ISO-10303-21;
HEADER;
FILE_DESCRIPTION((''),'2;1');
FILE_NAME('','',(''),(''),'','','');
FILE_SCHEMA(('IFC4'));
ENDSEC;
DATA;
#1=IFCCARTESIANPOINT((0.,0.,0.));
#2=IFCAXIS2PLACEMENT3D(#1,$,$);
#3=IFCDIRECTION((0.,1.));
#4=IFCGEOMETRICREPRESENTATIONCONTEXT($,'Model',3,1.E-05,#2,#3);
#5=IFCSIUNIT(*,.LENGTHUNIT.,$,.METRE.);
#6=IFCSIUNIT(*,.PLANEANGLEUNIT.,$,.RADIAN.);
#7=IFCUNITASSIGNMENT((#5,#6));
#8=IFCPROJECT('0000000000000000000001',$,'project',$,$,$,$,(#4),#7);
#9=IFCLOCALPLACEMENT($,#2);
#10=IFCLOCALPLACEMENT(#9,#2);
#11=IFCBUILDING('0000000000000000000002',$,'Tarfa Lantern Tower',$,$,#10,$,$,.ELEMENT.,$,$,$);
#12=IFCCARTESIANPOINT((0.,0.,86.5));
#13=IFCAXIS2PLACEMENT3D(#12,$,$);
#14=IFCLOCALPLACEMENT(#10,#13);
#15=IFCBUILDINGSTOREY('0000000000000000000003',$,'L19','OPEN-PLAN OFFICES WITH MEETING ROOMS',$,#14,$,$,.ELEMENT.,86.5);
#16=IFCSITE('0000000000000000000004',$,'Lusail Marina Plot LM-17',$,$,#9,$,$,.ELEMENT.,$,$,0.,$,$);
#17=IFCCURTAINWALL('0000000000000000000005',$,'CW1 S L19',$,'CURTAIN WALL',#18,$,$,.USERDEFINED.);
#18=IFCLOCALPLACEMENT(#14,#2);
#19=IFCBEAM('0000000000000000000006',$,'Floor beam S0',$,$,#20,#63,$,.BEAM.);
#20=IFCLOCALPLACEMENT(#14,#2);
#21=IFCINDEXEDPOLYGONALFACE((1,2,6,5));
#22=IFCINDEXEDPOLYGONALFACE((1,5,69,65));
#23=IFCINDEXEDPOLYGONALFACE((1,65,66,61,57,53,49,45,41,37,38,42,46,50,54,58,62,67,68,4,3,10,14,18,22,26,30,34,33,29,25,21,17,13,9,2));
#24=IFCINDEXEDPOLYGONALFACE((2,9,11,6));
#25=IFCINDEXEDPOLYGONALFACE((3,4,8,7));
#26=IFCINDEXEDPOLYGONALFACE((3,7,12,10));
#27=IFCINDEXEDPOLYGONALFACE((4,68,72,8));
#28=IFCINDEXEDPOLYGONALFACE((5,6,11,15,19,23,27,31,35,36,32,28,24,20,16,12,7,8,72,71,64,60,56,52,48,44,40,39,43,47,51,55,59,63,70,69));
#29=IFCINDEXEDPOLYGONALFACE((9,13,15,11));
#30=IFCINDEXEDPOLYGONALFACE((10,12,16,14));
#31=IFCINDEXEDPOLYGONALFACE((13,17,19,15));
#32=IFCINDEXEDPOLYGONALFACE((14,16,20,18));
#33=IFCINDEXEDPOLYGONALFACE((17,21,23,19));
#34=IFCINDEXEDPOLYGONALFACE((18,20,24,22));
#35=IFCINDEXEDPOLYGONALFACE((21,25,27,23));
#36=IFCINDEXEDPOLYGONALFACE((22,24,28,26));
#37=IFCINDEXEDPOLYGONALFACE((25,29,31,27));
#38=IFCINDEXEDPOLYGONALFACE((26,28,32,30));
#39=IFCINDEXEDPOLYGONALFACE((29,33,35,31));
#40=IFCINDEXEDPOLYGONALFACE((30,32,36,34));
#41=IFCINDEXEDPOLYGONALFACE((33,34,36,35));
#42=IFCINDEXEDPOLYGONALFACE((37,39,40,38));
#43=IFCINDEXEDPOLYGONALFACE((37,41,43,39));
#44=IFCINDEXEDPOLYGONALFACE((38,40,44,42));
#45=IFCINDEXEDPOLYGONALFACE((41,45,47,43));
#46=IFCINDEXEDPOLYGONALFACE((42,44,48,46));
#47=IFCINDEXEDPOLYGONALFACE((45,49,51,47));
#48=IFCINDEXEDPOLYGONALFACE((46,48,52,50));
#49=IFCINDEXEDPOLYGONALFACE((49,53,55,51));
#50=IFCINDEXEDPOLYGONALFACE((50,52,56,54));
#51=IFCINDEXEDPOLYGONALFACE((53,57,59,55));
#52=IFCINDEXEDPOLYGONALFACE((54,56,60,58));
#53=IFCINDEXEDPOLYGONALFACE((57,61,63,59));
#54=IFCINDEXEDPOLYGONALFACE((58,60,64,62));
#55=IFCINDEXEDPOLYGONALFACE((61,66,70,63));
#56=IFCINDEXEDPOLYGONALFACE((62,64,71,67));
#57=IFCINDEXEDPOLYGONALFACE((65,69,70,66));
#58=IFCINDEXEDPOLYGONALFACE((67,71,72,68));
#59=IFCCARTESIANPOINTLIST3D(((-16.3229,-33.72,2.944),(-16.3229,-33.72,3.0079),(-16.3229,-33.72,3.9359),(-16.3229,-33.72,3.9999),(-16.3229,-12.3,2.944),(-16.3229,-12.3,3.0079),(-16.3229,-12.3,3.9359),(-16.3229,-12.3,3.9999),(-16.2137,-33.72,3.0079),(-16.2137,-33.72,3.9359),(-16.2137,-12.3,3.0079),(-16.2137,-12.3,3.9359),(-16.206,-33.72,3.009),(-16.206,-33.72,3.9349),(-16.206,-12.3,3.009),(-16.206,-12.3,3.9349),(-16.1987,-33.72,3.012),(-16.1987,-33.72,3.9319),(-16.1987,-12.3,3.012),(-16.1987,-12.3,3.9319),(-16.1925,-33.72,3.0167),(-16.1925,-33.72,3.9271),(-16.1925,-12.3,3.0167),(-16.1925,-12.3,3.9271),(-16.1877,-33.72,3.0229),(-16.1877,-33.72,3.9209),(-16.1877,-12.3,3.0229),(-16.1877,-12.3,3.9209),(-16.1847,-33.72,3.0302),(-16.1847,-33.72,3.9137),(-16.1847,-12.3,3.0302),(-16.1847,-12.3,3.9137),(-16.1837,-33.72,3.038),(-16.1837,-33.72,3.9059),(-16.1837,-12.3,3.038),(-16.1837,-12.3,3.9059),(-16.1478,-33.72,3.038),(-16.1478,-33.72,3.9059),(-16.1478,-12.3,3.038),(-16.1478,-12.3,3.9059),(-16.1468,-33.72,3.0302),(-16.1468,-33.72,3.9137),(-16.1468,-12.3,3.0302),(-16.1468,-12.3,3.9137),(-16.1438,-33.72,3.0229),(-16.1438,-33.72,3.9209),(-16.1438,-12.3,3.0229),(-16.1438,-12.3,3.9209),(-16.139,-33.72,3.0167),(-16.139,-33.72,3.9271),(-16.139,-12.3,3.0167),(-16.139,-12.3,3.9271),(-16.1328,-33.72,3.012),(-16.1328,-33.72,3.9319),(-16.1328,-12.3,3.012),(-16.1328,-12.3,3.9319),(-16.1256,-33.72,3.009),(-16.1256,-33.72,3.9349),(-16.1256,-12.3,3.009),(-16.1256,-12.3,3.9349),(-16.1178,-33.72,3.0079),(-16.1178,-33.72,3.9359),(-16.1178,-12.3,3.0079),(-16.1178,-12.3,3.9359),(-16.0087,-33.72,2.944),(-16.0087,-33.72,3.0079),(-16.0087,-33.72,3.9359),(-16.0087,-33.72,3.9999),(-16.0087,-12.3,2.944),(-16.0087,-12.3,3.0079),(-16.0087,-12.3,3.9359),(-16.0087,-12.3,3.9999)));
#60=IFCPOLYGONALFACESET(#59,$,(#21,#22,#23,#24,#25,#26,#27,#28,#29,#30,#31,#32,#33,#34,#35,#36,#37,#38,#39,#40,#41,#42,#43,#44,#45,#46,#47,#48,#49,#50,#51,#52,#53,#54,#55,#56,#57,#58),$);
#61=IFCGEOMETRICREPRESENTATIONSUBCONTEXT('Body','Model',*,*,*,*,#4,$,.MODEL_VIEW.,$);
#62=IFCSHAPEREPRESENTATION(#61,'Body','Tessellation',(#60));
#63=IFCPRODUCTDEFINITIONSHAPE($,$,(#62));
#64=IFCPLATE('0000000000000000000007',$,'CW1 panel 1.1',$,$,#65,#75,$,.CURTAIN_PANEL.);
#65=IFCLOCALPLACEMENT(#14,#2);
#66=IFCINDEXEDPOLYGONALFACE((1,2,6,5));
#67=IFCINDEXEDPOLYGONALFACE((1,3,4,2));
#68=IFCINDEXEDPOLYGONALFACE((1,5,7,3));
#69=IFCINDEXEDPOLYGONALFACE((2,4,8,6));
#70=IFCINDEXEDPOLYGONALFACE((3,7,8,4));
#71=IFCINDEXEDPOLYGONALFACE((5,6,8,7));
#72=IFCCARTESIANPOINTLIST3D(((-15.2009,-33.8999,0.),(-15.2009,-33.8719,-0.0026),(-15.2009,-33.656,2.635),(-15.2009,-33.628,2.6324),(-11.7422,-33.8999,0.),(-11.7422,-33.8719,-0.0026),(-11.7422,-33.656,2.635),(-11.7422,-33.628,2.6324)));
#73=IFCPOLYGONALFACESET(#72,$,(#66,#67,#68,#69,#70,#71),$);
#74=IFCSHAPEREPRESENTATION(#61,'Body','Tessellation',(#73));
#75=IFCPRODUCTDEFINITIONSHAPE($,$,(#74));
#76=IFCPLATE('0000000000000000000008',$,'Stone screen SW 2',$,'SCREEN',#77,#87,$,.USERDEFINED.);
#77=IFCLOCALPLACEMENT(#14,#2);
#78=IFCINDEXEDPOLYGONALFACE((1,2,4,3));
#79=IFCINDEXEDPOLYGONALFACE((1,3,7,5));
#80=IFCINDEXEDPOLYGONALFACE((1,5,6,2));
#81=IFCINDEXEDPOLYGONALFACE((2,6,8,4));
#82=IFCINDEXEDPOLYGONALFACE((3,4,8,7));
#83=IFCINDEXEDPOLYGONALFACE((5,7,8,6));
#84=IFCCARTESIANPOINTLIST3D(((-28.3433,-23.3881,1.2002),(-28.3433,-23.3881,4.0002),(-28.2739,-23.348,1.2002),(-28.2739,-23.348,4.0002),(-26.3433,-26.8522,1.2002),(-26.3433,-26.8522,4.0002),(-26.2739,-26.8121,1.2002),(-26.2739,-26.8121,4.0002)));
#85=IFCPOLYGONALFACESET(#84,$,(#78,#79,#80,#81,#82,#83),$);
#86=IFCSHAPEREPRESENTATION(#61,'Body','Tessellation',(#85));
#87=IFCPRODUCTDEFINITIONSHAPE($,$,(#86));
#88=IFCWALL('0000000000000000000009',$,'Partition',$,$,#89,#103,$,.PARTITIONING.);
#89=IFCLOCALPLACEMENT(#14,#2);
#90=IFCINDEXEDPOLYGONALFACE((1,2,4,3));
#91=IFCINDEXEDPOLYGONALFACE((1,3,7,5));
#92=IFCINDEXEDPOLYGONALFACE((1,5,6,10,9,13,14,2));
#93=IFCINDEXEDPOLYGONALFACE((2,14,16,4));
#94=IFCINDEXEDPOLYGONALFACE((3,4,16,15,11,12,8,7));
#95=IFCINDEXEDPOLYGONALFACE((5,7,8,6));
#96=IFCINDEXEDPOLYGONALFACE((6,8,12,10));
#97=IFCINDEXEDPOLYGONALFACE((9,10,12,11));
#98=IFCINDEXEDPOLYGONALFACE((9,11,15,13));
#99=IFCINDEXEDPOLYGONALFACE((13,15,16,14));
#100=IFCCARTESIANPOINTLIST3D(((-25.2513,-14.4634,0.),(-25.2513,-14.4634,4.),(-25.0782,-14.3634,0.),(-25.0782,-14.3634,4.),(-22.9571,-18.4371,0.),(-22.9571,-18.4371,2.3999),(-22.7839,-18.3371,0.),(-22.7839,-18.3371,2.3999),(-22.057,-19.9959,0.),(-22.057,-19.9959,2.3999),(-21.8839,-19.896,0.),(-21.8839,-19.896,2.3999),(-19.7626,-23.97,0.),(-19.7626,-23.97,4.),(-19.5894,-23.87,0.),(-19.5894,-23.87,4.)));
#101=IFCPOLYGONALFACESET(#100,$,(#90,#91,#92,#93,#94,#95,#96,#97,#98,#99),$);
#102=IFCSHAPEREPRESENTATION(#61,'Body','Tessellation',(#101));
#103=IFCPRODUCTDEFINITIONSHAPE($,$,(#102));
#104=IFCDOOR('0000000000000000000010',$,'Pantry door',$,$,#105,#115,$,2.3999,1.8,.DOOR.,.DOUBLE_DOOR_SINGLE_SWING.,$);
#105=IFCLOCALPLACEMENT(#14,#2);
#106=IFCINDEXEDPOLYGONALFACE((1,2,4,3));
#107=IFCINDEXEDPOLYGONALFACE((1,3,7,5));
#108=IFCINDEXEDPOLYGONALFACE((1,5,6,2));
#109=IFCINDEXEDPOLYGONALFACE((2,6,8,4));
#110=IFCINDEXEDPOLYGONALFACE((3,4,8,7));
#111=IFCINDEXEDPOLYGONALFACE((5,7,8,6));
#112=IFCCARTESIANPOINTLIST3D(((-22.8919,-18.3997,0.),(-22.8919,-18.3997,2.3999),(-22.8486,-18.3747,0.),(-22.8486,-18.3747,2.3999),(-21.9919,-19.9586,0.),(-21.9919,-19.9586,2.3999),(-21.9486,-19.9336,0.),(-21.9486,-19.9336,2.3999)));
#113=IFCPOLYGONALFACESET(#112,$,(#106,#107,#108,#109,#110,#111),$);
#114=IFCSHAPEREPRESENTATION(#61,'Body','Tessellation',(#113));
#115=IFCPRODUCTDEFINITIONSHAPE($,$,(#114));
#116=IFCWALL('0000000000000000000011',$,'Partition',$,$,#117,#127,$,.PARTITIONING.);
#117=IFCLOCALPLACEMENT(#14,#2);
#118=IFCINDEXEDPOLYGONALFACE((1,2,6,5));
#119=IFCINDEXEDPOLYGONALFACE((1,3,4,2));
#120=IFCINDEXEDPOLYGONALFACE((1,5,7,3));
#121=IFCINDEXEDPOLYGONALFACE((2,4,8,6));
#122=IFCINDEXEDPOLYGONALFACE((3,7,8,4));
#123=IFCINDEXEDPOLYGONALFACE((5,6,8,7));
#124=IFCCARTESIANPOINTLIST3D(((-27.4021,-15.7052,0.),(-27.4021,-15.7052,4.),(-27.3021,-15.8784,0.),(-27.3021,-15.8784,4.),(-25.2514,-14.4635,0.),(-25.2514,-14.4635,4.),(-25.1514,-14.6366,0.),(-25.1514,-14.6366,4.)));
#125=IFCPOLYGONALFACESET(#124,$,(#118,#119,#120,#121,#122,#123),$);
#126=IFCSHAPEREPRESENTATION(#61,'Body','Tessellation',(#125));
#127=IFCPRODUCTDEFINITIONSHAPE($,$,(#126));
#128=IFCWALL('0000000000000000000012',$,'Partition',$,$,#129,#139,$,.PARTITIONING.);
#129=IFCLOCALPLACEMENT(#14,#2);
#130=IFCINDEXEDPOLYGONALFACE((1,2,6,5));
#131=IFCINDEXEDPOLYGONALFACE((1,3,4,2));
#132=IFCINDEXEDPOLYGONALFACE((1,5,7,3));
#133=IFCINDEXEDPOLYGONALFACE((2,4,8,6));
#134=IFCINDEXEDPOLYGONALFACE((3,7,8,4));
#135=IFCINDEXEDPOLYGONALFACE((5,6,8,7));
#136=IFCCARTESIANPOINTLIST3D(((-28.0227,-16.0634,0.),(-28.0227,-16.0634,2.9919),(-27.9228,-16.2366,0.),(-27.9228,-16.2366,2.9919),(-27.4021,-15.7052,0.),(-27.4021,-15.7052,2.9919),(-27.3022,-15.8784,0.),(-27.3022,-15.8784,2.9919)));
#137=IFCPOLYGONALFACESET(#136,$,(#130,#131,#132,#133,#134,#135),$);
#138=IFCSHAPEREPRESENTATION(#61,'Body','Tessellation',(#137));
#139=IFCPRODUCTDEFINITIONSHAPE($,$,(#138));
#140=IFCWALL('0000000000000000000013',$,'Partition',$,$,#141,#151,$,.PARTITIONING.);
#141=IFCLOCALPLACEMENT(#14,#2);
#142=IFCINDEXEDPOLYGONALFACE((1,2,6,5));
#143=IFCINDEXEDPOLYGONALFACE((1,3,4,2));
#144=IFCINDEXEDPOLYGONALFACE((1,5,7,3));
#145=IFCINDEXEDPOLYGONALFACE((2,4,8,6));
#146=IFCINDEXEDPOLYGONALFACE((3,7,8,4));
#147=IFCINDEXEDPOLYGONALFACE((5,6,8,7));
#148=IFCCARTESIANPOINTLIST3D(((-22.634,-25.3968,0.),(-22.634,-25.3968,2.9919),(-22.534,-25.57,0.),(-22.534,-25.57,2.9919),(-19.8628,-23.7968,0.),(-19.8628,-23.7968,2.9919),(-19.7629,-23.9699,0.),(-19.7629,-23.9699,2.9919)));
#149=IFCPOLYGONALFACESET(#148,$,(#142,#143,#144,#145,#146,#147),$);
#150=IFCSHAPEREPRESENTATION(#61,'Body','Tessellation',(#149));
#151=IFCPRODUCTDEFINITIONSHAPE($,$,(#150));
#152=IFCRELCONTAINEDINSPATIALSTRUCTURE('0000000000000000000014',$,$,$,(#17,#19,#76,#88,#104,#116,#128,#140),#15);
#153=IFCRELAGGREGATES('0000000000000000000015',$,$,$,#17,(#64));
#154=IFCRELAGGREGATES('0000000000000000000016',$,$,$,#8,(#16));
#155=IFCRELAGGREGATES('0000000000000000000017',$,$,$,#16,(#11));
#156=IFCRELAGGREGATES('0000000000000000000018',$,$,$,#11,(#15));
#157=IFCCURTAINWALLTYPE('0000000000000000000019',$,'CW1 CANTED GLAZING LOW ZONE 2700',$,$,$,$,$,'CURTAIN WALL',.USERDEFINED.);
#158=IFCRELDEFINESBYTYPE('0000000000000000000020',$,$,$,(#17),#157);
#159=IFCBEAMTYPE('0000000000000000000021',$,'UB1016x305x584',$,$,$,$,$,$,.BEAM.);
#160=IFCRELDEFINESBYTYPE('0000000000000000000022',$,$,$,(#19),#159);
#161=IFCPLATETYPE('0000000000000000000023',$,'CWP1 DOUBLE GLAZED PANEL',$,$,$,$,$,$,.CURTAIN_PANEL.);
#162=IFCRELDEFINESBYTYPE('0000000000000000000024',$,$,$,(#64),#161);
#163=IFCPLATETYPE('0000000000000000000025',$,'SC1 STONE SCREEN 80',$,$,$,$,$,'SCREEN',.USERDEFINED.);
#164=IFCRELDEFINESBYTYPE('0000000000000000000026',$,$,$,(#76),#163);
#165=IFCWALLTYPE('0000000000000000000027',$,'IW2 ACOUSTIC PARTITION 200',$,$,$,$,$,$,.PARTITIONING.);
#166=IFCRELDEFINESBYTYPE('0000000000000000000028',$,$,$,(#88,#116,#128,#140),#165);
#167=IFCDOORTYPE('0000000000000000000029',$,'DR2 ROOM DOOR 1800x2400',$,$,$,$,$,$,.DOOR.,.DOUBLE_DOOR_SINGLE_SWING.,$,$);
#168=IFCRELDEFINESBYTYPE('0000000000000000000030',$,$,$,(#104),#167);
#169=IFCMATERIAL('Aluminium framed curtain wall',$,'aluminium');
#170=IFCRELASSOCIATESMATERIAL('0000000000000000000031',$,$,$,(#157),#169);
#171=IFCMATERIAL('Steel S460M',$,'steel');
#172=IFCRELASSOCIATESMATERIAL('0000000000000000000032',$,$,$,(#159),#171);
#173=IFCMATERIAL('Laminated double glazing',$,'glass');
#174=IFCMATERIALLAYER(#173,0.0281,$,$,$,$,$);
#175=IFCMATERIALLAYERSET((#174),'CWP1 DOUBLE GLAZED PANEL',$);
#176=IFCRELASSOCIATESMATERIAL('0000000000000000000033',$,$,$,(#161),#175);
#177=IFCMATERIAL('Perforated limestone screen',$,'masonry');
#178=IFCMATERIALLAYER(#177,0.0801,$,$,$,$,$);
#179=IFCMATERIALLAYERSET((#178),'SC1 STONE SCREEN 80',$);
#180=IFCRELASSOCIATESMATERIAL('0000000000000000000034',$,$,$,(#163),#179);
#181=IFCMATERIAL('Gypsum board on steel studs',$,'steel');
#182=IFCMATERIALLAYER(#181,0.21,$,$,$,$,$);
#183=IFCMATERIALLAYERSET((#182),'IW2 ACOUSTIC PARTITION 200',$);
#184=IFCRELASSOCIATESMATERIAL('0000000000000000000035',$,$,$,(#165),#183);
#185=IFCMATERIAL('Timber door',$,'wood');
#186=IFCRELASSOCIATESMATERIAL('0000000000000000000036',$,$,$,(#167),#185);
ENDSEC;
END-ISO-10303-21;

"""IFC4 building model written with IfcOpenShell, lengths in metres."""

from ifc_helpers import new_model, si_unit, direction, frame, frame_2d, origin, origin_2d, place, context, subcontext, project, spatial, polyline, rectangle, i_section, outline, extrude, material, layer, layer_set, material_profile, profile_set, type_object, element, fill, aggregate, save


model = new_model("IFC4")

# Units and contexts
model_context = context("Model", 3, precision=1e-05, world=origin(), true_north=direction((0.0, 1.0)))
body_context = subcontext(model_context, "Body", "Model", "MODEL_VIEW")
ifc_project = project(units=[si_unit("LENGTHUNIT", "METRE"), si_unit("PLANEANGLEUNIT", "RADIAN")], contexts=[model_context])

# Site, building, storey
site_placement = place(None, origin())
site = spatial("IfcSite", under=ifc_project, at=site_placement, Name="Lusail Marina Plot LM-17", CompositionType="ELEMENT", RefElevation=0.0)
building_placement = place(site_placement, origin())
building = spatial("IfcBuilding", under=site, at=building_placement, Name="Tarfa Lantern Tower", CompositionType="ELEMENT")
storey_placement = place(building_placement, frame((0.0, 0.0, 86.5)))
storey = spatial("IfcBuildingStorey", under=building, at=storey_placement, Name="L19", Description="OPEN-PLAN OFFICES WITH MEETING ROOMS", CompositionType="ELEMENT", Elevation=86.5)

# Curtain wall
ifc_material_1 = material(Name="Aluminium framed curtain wall", Category="aluminium")
curtain_wall_type = type_object("IfcCurtainWallType", Name="CW1 CANTED GLAZING LOW ZONE 2700", ElementType="CURTAIN WALL", PredefinedType="USERDEFINED", material=ifc_material_1)
curtain_wall_placement = place(storey_placement, origin())
curtain_wall = element("IfcCurtainWall", 1, at=curtain_wall_placement, inside=storey, type_object=curtain_wall_type, Name="CW1 S L19", ObjectType="CURTAIN WALL", PredefinedType="USERDEFINED")

# Beam
ifc_material_2 = material(Name="Steel S460M", Category="steel")
ifc_material_profile_1 = material_profile(ifc_material_2, i_section(OverallWidth=0.3142, OverallDepth=1.0559, WebThickness=0.0359, FlangeThickness=0.064, FilletRadius=0.03, at=origin_2d()), Name="UB1016x305x584")
ifc_profile_set_1 = profile_set([ifc_material_profile_1], Name="Steel S460M")
beam_type_1 = type_object("IfcBeamType", Name="UB1016x305x584", PredefinedType="BEAM", material=ifc_profile_set_1)
beam_1_placement = place(storey_placement, frame((-16.1658, -33.72, 3.4719), z_axis=(0.0, 1.0, 0.0), x_axis=(-1.0, 0.0, 0.0)))
element("IfcBeam", 2, at=beam_1_placement, inside=storey, type_object=beam_type_1, Name="Floor beam S0", PredefinedType="BEAM", context=body_context, shape_type="SweptSolid", body=[
    extrude(i_section(OverallWidth=0.3142, OverallDepth=1.0559, WebThickness=0.0359, FlangeThickness=0.064, FilletRadius=0.03, at=origin_2d()), origin(), (0.0, 0.0, 1.0), 21.4199),
])

# Plates
ifc_material_3 = material(Name="Laminated double glazing", Category="glass")
ifc_layer_1 = layer(ifc_material_3, 0.0281)
ifc_layer_set_1 = layer_set([ifc_layer_1], Name="CWP1 DOUBLE GLAZED PANEL")
plate_type_1 = type_object("IfcPlateType", Name="CWP1 DOUBLE GLAZED PANEL", PredefinedType="CURTAIN_PANEL", material=ifc_layer_set_1)
plate_1_placement = place(storey_placement, frame((-15.2009, -33.8999, 0.0), z_axis=(0.0, -0.995744, 0.092166), x_axis=(1.0, 0.0, 0.0)))
plate_1 = element("IfcPlate", 3, at=plate_1_placement, type_object=plate_type_1, Name="CW1 panel 1.1", PredefinedType="CURTAIN_PANEL", context=body_context, shape_type="SweptSolid", body=[
    extrude(outline(polyline([(0.0, 0.0), (3.4587, 0.0), (3.4587, 2.6463), (0.0, 2.6463), (0.0, 0.0)])), origin(), (0.0, 0.0, -1.0), 0.0281),
])
aggregate(curtain_wall, [plate_1])
ifc_material_4 = material(Name="Perforated limestone screen", Category="masonry")
ifc_layer_2 = layer(ifc_material_4, 0.0801)
ifc_layer_set_2 = layer_set([ifc_layer_2], Name="SC1 STONE SCREEN 80")
plate_type_2 = type_object("IfcPlateType", Name="SC1 STONE SCREEN 80", ElementType="SCREEN", PredefinedType="USERDEFINED", material=ifc_layer_set_2)
plate_2_placement = place(storey_placement, frame((-27.3086, -25.1001, 1.2002), z_axis=(0.0, 0.0, 1.0), x_axis=(0.5, -0.866025, 0.0)))
element("IfcPlate", 4, at=plate_2_placement, inside=storey, type_object=plate_type_2, Name="Stone screen SW 2", ObjectType="SCREEN", PredefinedType="USERDEFINED", context=body_context, shape_type="SweptSolid", body=[
    extrude(rectangle(XDim=4.0, YDim=0.0801, at=origin_2d()), origin(), (0.0, 0.0, 1.0), 2.8),
])

# Wall, opening, door
ifc_material_5 = material(Name="Gypsum board on steel studs", Category="steel")
ifc_layer_3 = layer(ifc_material_5, 0.21)
ifc_layer_set_3 = layer_set([ifc_layer_3], Name="IW2 ACOUSTIC PARTITION 200")
wall_type = type_object("IfcWallType", Name="IW2 ACOUSTIC PARTITION 200", PredefinedType="PARTITIONING", material=ifc_layer_set_3)
wall_1_placement = place(storey_placement, frame((-25.1648, -14.4133, 0.0), z_axis=(0.0, 0.0, 1.0), x_axis=(0.500009, -0.86602, 0.0)))
wall_1 = element("IfcWall", 5, at=wall_1_placement, inside=storey, type_object=wall_type, Name="Partition", PredefinedType="PARTITIONING", context=body_context, shape_type="SweptSolid", body=[
    extrude(rectangle(XDim=10.9773, YDim=0.2, at=frame_2d((5.4888, 0.0))), origin(), (0.0, 0.0, 1.0), 4.0),
])
opening_placement = place(wall_1_placement, frame((4.5886, 0.0, 0.0)))
opening = element("IfcOpeningElement", 6, at=opening_placement, cuts=wall_1, PredefinedType="OPENING", context=body_context, shape_type="SweptSolid", body=[
    extrude(rectangle(XDim=1.8, YDim=2.3999, at=frame_2d((0.8999, 1.2))), frame((0.0, 0.1099, 0.0), z_axis=(0.0, -1.0, 0.0), x_axis=(1.0, 0.0, 0.0)), (0.0, 0.0, 1.0), 0.22),
])
ifc_material_6 = material(Name="Timber door", Category="wood")
door_type = type_object("IfcDoorType", Name="DR2 ROOM DOOR 1800x2400", OperationType="DOUBLE_DOOR_SINGLE_SWING", PredefinedType="DOOR", material=ifc_material_6)
door_placement = place(opening_placement, frame((1.8, 0.0, 0.0), z_axis=(0.0, 0.0, 1.0), x_axis=(-1.0, 0.0, 0.0)))
door = element("IfcDoor", 7, at=door_placement, inside=storey, type_object=door_type, Name="Pantry door", OperationType="DOUBLE_DOOR_SINGLE_SWING", OverallHeight=2.3999, OverallWidth=1.8, PredefinedType="DOOR", context=body_context, shape_type="SweptSolid", body=[
    extrude(rectangle(XDim=1.8, YDim=2.3999, at=frame_2d((0.8999, 1.2))), frame((0.0, 0.0249, 0.0), z_axis=(0.0, -1.0, 0.0), x_axis=(1.0, 0.0, 0.0)), (0.0, 0.0, 1.0), 0.05),
])
fill(opening, door)

# Walls
wall_2_placement = place(storey_placement, frame((-25.2014, -14.55, 0.0), z_axis=(0.0, 0.0, 1.0), x_axis=(-0.86602, -0.500009, 0.0)))
element("IfcWall", 8, at=wall_2_placement, inside=storey, type_object=wall_type, Name="Partition", PredefinedType="PARTITIONING", context=body_context, shape_type="SweptSolid", body=[
    extrude(rectangle(XDim=2.4834, YDim=0.2, at=frame_2d((1.2417, 0.0))), origin(), (0.0, 0.0, 1.0), 4.0),
])
wall_3_placement = place(storey_placement, frame((-27.3521, -15.7917, 0.0), z_axis=(0.0, 0.0, 1.0), x_axis=(-0.866118, -0.49984, 0.0)))
element("IfcWall", 9, at=wall_3_placement, inside=storey, type_object=wall_type, Name="Partition", PredefinedType="PARTITIONING", context=body_context, shape_type="SweptSolid", body=[
    extrude(rectangle(XDim=0.7166, YDim=0.2, at=frame_2d((0.3584, 0.0))), origin(), (0.0, 0.0, 1.0), 2.9919),
])
wall_4_placement = place(storey_placement, frame((-19.8127, -23.8833, 0.0), z_axis=(0.0, 0.0, 1.0), x_axis=(-0.866009, -0.500028, 0.0)))
element("IfcWall", 10, at=wall_4_placement, inside=storey, type_object=wall_type, Name="Partition", PredefinedType="PARTITIONING", context=body_context, shape_type="SweptSolid", body=[
    extrude(rectangle(XDim=3.2, YDim=0.2, at=frame_2d((1.6001, 0.0))), origin(), (0.0, 0.0, 1.0), 2.9919),
])

save(model, "model.ifc")
